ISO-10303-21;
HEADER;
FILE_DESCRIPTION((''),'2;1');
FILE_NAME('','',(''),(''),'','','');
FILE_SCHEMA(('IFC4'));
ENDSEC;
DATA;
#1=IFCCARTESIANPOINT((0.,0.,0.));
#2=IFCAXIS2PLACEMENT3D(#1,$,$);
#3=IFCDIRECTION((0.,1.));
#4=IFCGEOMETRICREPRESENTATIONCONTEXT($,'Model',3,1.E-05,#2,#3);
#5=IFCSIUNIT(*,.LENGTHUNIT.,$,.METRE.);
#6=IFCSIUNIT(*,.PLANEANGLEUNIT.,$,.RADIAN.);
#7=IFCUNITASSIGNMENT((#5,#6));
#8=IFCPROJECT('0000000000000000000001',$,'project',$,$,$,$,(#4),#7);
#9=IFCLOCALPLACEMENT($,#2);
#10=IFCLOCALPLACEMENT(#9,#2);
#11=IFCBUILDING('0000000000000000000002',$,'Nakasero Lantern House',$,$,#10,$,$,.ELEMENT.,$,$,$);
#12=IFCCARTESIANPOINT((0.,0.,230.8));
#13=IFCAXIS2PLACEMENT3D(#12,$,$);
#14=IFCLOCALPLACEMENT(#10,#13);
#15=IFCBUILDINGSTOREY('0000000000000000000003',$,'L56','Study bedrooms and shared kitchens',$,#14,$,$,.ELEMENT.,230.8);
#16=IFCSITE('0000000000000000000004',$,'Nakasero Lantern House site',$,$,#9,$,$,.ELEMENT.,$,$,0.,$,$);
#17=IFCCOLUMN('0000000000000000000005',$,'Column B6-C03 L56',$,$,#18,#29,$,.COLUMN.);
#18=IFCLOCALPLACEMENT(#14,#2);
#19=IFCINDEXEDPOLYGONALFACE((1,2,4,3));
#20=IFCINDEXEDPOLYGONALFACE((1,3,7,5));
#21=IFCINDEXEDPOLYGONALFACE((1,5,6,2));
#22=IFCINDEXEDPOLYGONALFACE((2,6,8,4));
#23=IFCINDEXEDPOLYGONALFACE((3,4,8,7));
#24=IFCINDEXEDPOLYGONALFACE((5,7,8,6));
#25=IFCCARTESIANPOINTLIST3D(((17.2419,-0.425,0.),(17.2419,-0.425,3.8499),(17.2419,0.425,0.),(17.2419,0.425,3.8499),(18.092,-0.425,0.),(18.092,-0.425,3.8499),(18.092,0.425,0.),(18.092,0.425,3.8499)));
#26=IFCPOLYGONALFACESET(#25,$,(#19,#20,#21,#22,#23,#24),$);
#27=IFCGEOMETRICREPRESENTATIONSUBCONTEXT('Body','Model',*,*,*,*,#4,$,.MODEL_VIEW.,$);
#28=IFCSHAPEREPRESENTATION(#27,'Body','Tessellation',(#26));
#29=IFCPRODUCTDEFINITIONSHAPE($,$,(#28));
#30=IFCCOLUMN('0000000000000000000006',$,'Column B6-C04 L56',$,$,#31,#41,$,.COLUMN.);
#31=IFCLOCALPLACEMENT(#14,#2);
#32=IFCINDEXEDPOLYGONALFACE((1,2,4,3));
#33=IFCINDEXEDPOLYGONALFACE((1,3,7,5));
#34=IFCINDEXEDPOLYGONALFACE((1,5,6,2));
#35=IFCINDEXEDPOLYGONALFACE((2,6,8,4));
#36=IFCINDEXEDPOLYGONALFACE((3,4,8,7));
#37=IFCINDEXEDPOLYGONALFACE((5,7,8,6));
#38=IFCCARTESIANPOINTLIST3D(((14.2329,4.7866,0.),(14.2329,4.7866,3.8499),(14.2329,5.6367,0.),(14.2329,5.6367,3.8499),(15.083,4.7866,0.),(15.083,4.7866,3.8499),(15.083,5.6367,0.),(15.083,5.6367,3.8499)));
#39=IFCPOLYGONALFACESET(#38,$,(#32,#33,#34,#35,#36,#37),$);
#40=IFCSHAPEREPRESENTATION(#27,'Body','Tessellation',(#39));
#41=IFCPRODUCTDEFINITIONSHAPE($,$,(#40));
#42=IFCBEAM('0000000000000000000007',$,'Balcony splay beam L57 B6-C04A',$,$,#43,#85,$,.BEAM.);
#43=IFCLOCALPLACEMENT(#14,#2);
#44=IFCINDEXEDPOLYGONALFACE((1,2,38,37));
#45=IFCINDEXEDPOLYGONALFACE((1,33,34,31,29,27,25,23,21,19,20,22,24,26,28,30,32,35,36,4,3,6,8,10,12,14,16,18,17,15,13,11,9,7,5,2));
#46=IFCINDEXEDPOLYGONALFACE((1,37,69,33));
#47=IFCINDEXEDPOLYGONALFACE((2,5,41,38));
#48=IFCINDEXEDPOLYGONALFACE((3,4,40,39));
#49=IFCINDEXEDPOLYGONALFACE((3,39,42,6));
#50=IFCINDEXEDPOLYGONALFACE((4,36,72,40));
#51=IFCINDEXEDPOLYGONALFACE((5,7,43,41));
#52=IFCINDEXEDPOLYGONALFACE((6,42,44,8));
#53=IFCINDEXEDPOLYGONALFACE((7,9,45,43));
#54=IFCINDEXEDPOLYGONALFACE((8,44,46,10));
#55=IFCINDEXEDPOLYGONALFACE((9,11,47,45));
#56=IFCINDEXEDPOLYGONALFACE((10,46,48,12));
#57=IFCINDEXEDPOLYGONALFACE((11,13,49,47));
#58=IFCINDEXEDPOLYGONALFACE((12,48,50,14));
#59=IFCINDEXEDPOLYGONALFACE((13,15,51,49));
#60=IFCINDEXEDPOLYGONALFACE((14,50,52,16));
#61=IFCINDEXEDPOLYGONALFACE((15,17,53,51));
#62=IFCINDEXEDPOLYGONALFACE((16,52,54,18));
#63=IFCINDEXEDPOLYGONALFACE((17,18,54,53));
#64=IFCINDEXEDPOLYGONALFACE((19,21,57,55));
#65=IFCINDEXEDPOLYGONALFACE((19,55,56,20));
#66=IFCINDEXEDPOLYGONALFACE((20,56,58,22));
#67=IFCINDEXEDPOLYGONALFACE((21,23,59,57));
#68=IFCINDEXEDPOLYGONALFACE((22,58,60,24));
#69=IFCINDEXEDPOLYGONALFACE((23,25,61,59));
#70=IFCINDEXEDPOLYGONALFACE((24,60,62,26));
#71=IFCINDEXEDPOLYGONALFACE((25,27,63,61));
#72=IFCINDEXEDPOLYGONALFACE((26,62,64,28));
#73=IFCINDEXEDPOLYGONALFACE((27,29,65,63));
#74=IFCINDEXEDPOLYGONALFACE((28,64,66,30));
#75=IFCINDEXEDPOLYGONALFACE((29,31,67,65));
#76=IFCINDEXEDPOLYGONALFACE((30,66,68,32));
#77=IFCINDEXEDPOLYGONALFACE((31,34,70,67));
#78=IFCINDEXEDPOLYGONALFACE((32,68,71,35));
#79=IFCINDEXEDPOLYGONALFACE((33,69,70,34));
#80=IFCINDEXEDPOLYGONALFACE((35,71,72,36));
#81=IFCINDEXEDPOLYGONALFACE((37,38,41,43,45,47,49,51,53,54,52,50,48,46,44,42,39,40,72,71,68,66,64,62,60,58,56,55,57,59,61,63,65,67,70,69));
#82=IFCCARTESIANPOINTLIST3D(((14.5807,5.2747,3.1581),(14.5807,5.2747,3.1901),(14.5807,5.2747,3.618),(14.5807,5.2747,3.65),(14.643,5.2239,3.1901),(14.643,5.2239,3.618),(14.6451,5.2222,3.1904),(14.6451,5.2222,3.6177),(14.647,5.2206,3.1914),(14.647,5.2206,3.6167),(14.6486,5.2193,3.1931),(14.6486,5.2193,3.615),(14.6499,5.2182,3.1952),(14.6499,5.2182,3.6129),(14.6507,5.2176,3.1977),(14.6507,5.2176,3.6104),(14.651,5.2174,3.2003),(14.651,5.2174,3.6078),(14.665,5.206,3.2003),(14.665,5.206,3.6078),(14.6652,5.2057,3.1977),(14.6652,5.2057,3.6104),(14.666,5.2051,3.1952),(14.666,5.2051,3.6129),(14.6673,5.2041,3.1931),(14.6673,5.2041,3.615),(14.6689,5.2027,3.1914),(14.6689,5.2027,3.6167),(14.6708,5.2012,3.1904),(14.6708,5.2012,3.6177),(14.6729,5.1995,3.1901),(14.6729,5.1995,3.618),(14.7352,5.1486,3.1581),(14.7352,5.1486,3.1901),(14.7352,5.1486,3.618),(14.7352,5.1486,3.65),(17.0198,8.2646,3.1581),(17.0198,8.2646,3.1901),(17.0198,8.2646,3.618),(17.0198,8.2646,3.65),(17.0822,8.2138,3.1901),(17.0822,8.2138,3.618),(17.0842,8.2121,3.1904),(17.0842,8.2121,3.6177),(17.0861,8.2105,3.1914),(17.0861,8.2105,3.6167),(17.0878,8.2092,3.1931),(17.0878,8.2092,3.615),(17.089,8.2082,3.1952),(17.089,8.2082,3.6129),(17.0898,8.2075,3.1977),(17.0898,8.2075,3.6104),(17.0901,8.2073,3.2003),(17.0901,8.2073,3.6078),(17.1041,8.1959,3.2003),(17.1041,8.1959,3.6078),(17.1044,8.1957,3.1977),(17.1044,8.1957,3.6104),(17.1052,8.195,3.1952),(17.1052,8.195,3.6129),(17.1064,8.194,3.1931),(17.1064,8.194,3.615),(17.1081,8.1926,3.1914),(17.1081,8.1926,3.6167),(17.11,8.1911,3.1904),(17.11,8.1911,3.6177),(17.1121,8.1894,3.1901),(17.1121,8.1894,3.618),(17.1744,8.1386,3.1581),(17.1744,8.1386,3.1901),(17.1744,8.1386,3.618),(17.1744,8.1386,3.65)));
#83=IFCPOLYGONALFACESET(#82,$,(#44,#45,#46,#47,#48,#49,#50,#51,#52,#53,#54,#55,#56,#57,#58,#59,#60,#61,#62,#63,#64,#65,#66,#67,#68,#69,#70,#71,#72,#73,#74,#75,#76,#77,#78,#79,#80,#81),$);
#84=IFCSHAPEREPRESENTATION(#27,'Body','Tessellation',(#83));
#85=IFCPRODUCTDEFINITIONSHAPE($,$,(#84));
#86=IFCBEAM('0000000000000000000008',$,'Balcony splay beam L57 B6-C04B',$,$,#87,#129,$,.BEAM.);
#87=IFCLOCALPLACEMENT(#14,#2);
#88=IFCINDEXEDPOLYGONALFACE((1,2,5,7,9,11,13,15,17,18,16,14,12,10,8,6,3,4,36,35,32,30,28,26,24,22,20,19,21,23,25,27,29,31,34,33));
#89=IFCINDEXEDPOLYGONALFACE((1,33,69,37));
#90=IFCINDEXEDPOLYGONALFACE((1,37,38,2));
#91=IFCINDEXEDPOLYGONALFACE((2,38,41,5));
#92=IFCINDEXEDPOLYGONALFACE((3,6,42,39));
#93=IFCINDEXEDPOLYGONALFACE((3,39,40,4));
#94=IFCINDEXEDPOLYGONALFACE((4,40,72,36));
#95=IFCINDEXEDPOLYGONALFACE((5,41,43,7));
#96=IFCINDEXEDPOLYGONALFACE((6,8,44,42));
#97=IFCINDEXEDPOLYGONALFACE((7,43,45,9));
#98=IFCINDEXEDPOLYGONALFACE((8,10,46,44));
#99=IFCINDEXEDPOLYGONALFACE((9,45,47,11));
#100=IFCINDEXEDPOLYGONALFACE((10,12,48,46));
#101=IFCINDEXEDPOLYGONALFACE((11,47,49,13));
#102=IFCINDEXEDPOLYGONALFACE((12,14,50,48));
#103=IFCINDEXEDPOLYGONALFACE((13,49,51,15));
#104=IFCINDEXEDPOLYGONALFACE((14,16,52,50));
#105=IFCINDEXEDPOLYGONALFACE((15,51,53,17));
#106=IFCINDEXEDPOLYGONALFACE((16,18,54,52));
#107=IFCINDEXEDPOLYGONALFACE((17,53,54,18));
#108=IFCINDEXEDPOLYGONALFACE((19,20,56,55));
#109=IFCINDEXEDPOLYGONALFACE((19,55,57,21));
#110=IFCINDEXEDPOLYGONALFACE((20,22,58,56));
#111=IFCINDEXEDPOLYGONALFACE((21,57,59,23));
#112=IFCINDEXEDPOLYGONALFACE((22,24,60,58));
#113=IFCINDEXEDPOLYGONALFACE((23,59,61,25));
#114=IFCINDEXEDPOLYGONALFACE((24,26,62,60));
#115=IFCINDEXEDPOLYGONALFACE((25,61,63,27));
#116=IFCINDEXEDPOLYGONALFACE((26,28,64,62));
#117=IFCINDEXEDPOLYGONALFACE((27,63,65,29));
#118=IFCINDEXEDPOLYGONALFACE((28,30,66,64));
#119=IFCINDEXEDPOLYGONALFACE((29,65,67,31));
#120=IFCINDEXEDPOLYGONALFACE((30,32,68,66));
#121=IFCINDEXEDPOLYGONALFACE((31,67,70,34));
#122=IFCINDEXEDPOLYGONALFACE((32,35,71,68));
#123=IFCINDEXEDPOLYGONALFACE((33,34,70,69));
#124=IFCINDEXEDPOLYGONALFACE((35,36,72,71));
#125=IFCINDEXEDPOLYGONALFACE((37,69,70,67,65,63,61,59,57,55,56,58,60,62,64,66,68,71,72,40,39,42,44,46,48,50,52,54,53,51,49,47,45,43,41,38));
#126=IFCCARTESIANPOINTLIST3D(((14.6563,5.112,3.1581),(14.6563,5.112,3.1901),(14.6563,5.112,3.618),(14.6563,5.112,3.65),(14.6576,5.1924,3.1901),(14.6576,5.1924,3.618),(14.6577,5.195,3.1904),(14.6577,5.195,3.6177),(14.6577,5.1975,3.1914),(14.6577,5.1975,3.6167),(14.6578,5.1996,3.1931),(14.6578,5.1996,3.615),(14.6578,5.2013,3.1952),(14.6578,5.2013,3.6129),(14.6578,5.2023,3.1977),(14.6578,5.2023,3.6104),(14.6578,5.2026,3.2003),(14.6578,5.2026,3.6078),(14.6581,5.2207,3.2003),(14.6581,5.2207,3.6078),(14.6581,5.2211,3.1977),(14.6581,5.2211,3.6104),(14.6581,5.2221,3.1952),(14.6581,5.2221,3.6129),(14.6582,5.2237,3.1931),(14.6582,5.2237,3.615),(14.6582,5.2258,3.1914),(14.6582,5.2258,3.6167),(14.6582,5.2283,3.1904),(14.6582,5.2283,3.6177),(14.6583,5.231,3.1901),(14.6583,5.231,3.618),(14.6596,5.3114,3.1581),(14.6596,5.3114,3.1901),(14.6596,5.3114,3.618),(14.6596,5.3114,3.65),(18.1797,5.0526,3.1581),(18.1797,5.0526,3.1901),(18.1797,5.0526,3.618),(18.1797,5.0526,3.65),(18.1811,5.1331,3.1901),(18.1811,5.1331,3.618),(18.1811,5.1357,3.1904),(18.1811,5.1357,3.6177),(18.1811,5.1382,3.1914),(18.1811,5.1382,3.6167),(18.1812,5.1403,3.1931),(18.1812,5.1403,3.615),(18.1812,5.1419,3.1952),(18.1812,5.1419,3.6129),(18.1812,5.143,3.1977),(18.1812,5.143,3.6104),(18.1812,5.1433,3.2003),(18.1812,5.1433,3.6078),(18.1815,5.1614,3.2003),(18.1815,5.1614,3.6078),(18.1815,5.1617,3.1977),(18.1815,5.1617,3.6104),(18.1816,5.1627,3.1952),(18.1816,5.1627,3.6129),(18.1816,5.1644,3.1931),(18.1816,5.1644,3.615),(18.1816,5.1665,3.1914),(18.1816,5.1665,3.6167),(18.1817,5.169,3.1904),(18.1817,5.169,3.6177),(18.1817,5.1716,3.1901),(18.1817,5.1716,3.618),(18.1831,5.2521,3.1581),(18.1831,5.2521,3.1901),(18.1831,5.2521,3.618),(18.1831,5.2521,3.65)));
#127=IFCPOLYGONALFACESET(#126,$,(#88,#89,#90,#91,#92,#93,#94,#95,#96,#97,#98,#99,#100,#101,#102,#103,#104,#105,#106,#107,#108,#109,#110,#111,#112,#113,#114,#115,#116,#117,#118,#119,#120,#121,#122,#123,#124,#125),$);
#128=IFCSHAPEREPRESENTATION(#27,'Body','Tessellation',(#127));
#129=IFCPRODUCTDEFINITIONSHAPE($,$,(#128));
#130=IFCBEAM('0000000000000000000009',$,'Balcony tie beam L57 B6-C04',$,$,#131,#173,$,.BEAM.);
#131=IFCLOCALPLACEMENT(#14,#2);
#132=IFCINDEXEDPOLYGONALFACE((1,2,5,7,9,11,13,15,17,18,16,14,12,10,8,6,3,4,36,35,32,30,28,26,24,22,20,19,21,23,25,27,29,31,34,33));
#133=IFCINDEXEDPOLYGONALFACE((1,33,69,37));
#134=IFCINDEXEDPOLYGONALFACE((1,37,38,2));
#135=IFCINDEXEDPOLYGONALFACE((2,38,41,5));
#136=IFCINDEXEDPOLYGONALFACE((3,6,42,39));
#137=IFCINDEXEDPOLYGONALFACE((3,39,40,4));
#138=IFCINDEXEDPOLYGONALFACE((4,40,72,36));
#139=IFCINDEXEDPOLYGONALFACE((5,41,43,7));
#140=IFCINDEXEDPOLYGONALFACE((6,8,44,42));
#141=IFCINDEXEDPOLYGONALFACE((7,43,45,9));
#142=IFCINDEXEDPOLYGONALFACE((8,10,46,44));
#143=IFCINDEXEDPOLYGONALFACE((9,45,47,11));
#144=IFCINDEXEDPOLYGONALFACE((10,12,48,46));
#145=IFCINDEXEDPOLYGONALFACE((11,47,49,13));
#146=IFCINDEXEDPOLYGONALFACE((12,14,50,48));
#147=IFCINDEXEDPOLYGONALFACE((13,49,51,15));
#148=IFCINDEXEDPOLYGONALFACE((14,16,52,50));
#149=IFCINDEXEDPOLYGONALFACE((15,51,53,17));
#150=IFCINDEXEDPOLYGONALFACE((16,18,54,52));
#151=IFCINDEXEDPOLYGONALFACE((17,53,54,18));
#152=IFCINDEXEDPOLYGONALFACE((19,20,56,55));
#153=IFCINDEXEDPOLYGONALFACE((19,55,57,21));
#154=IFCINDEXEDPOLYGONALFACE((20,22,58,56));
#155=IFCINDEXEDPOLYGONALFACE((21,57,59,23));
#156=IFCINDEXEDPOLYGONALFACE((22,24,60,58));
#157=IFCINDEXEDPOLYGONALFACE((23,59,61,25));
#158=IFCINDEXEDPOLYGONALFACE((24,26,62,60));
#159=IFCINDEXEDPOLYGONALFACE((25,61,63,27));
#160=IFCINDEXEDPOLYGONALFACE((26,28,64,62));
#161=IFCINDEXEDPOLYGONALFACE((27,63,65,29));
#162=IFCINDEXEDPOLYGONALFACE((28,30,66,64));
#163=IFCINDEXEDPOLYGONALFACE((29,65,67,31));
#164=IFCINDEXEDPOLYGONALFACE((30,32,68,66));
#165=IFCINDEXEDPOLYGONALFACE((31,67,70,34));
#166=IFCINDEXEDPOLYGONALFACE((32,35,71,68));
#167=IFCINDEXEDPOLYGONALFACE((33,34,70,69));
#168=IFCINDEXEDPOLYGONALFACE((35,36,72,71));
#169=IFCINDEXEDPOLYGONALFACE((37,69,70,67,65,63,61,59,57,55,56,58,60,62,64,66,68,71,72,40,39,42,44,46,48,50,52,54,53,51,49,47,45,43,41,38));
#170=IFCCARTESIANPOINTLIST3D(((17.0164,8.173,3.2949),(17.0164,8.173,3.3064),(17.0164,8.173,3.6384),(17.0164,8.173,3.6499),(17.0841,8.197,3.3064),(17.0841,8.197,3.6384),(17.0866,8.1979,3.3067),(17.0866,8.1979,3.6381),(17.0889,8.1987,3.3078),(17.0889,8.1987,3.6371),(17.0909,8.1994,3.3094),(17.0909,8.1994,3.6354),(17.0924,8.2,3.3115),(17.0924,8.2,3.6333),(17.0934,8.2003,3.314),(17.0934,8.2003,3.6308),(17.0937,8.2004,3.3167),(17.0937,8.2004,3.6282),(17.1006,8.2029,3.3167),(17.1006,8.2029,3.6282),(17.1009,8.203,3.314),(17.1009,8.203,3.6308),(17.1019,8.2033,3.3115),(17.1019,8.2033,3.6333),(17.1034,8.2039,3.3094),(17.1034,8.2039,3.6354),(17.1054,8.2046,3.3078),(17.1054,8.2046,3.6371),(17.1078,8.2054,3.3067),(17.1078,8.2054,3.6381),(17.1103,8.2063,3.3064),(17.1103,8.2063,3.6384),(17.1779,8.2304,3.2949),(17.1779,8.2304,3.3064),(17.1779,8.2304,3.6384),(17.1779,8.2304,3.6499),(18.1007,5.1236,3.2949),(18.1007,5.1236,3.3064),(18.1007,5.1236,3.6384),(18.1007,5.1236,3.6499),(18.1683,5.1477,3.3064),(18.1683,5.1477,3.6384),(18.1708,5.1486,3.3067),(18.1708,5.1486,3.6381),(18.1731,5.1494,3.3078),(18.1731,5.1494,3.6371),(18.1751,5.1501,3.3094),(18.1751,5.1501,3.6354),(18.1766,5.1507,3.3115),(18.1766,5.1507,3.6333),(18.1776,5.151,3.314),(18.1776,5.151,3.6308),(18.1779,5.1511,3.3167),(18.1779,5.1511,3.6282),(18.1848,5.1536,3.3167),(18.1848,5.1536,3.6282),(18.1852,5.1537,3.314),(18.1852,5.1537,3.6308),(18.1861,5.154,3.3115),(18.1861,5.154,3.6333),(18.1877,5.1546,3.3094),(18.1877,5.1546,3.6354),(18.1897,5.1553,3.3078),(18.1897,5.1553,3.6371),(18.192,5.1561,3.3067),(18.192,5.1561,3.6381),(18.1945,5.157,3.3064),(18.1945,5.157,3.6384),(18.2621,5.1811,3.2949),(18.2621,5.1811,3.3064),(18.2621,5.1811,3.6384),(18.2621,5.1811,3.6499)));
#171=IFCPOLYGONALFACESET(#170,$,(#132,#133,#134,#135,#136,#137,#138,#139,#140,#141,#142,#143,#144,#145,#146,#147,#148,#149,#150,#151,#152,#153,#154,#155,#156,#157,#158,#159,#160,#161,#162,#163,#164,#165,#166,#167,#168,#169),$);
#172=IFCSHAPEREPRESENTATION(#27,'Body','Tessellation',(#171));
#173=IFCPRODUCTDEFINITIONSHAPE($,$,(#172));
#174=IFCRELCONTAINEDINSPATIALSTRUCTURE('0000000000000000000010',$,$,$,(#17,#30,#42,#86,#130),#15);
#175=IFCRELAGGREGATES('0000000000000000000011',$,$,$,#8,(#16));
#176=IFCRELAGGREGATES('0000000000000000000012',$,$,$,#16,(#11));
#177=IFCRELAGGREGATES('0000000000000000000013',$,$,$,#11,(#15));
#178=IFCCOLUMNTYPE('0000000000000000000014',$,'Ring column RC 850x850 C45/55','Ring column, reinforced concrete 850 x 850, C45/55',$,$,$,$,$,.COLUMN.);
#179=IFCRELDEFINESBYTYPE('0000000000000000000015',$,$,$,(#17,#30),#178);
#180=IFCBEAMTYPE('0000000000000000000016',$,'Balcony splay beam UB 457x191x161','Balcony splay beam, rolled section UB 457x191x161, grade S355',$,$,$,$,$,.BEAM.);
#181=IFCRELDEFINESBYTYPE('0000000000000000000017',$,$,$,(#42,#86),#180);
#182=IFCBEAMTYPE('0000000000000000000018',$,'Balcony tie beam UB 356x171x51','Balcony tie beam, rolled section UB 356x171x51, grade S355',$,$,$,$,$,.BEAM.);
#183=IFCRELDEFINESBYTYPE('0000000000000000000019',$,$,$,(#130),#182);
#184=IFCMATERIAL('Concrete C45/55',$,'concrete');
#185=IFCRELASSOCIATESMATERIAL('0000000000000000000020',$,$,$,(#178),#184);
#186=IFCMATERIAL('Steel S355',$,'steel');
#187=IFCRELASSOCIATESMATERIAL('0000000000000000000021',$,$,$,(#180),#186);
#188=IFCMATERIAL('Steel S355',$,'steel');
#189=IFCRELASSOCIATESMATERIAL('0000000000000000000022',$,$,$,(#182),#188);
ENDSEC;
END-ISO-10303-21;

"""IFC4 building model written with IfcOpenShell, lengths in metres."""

from ifc_helpers import new_model, si_unit, direction, frame, origin, origin_2d, place, context, subcontext, project, spatial, rectangle, i_section, extrude, material, material_profile, profile_set, type_object, element, save


model = new_model("IFC4")

# Units and contexts
model_context = context("Model", 3, precision=1e-05, world=origin(), true_north=direction((0.0, 1.0)))
body_context = subcontext(model_context, "Body", "Model", "MODEL_VIEW")
ifc_project = project(units=[si_unit("LENGTHUNIT", "METRE"), si_unit("PLANEANGLEUNIT", "RADIAN")], contexts=[model_context])

# Site, building, storey
site_placement = place(None, origin())
site = spatial("IfcSite", under=ifc_project, at=site_placement, Name="Nakasero Lantern House site", CompositionType="ELEMENT", RefElevation=0.0)
building_placement = place(site_placement, origin())
building = spatial("IfcBuilding", under=site, at=building_placement, Name="Nakasero Lantern House", CompositionType="ELEMENT")
storey_placement = place(building_placement, frame((0.0, 0.0, 230.8)))
storey = spatial("IfcBuildingStorey", under=building, at=storey_placement, Name="L56", Description="Study bedrooms and shared kitchens", CompositionType="ELEMENT", Elevation=230.8)

# Columns
ifc_material_1 = material(Name="Concrete C45/55", Category="concrete")
ifc_material_profile_1 = material_profile(ifc_material_1, rectangle(XDim=0.8501, YDim=0.8501, at=origin_2d()), Name="RC 850x850")
ifc_profile_set_1 = profile_set([ifc_material_profile_1], Name="Concrete C45/55")
column_type = type_object("IfcColumnType", Name="Ring column RC 850x850 C45/55", Description="Ring column, reinforced concrete 850 x 850, C45/55", PredefinedType="COLUMN", material=ifc_profile_set_1)
for number, where, z_axis, x_axis, name in (
    (1, (17.667, 0.0, 0.0), (0.0, 0.0, 1.0), (1.0, 0.0, 0.0), "Column B6-C03 L56"),
    (2, (14.658, 5.2117, 0.0), (0.0, 0.0, 1.0), (1.0, 0.0, 0.0), "Column B6-C04 L56"),
):
    element("IfcColumn", number, at=place(storey_placement, frame(where, z_axis=z_axis, x_axis=x_axis)), inside=storey, type_object=column_type, Name=name, PredefinedType="COLUMN", context=body_context, shape_type="SweptSolid", body=[
        extrude(rectangle(XDim=0.8501, YDim=0.8501, at=origin_2d()), origin(), (0.0, 0.0, 1.0), 3.8499),
    ])

# Beams
ifc_material_2 = material(Name="Steel S355", Category="steel")
ifc_material_profile_2 = material_profile(ifc_material_2, i_section(OverallWidth=0.1995, OverallDepth=0.4919, WebThickness=0.0181, FlangeThickness=0.032, FilletRadius=0.0103, at=origin_2d()), Name="UB 457x191x161")
ifc_profile_set_2 = profile_set([ifc_material_profile_2], Name="Steel S355")
beam_type_1 = type_object("IfcBeamType", Name="Balcony splay beam UB 457x191x161", Description="Balcony splay beam, rolled section UB 457x191x161, grade S355", PredefinedType="BEAM", material=ifc_profile_set_2)
beam_1_placement = place(storey_placement, frame((14.658, 5.2117, 3.4041), z_axis=(0.632128, 0.774864, 0.0), x_axis=(-0.774864, 0.632128, 0.0)))
element("IfcBeam", 3, at=beam_1_placement, inside=storey, type_object=beam_type_1, Name="Balcony splay beam L57 B6-C04A", PredefinedType="BEAM", context=body_context, shape_type="SweptSolid", body=[
    extrude(i_section(OverallWidth=0.1995, OverallDepth=0.4919, WebThickness=0.0181, FlangeThickness=0.032, FilletRadius=0.0103, at=origin_2d()), origin(), (0.0, 0.0, 1.0), 3.8586),
])
beam_2_placement = place(storey_placement, frame((14.658, 5.2117, 3.4041), z_axis=(0.999858, -0.016835, 0.0), x_axis=(0.016835, 0.999858, 0.0)))
element("IfcBeam", 4, at=beam_2_placement, inside=storey, type_object=beam_type_1, Name="Balcony splay beam L57 B6-C04B", PredefinedType="BEAM", context=body_context, shape_type="SweptSolid", body=[
    extrude(i_section(OverallWidth=0.1995, OverallDepth=0.4919, WebThickness=0.0181, FlangeThickness=0.032, FilletRadius=0.0103, at=origin_2d()), origin(), (0.0, 0.0, 1.0), 3.5239),
])
ifc_material_3 = material(Name="Steel S355", Category="steel")
ifc_material_profile_3 = material_profile(ifc_material_3, i_section(OverallWidth=0.1714, OverallDepth=0.355, WebThickness=0.0073, FlangeThickness=0.0115, FilletRadius=0.0103, at=origin_2d()), Name="UB 356x171x51")
ifc_profile_set_3 = profile_set([ifc_material_profile_3], Name="Steel S355")
beam_type_2 = type_object("IfcBeamType", Name="Balcony tie beam UB 356x171x51", Description="Balcony tie beam, rolled section UB 356x171x51, grade S355", PredefinedType="BEAM", material=ifc_profile_set_3)
beam_3_placement = place(storey_placement, frame((17.0972, 8.2017, 3.4724), z_axis=(0.335017, -0.942212, 0.0), x_axis=(0.942212, 0.335017, 0.0)))
element("IfcBeam", 5, at=beam_3_placement, inside=storey, type_object=beam_type_2, Name="Balcony tie beam L57 B6-C04", PredefinedType="BEAM", context=body_context, shape_type="SweptSolid", body=[
    extrude(i_section(OverallWidth=0.1714, OverallDepth=0.355, WebThickness=0.0073, FlangeThickness=0.0115, FilletRadius=0.0103, at=origin_2d()), origin(), (0.0, 0.0, 1.0), 3.2363),
])

save(model, "model.ifc")
